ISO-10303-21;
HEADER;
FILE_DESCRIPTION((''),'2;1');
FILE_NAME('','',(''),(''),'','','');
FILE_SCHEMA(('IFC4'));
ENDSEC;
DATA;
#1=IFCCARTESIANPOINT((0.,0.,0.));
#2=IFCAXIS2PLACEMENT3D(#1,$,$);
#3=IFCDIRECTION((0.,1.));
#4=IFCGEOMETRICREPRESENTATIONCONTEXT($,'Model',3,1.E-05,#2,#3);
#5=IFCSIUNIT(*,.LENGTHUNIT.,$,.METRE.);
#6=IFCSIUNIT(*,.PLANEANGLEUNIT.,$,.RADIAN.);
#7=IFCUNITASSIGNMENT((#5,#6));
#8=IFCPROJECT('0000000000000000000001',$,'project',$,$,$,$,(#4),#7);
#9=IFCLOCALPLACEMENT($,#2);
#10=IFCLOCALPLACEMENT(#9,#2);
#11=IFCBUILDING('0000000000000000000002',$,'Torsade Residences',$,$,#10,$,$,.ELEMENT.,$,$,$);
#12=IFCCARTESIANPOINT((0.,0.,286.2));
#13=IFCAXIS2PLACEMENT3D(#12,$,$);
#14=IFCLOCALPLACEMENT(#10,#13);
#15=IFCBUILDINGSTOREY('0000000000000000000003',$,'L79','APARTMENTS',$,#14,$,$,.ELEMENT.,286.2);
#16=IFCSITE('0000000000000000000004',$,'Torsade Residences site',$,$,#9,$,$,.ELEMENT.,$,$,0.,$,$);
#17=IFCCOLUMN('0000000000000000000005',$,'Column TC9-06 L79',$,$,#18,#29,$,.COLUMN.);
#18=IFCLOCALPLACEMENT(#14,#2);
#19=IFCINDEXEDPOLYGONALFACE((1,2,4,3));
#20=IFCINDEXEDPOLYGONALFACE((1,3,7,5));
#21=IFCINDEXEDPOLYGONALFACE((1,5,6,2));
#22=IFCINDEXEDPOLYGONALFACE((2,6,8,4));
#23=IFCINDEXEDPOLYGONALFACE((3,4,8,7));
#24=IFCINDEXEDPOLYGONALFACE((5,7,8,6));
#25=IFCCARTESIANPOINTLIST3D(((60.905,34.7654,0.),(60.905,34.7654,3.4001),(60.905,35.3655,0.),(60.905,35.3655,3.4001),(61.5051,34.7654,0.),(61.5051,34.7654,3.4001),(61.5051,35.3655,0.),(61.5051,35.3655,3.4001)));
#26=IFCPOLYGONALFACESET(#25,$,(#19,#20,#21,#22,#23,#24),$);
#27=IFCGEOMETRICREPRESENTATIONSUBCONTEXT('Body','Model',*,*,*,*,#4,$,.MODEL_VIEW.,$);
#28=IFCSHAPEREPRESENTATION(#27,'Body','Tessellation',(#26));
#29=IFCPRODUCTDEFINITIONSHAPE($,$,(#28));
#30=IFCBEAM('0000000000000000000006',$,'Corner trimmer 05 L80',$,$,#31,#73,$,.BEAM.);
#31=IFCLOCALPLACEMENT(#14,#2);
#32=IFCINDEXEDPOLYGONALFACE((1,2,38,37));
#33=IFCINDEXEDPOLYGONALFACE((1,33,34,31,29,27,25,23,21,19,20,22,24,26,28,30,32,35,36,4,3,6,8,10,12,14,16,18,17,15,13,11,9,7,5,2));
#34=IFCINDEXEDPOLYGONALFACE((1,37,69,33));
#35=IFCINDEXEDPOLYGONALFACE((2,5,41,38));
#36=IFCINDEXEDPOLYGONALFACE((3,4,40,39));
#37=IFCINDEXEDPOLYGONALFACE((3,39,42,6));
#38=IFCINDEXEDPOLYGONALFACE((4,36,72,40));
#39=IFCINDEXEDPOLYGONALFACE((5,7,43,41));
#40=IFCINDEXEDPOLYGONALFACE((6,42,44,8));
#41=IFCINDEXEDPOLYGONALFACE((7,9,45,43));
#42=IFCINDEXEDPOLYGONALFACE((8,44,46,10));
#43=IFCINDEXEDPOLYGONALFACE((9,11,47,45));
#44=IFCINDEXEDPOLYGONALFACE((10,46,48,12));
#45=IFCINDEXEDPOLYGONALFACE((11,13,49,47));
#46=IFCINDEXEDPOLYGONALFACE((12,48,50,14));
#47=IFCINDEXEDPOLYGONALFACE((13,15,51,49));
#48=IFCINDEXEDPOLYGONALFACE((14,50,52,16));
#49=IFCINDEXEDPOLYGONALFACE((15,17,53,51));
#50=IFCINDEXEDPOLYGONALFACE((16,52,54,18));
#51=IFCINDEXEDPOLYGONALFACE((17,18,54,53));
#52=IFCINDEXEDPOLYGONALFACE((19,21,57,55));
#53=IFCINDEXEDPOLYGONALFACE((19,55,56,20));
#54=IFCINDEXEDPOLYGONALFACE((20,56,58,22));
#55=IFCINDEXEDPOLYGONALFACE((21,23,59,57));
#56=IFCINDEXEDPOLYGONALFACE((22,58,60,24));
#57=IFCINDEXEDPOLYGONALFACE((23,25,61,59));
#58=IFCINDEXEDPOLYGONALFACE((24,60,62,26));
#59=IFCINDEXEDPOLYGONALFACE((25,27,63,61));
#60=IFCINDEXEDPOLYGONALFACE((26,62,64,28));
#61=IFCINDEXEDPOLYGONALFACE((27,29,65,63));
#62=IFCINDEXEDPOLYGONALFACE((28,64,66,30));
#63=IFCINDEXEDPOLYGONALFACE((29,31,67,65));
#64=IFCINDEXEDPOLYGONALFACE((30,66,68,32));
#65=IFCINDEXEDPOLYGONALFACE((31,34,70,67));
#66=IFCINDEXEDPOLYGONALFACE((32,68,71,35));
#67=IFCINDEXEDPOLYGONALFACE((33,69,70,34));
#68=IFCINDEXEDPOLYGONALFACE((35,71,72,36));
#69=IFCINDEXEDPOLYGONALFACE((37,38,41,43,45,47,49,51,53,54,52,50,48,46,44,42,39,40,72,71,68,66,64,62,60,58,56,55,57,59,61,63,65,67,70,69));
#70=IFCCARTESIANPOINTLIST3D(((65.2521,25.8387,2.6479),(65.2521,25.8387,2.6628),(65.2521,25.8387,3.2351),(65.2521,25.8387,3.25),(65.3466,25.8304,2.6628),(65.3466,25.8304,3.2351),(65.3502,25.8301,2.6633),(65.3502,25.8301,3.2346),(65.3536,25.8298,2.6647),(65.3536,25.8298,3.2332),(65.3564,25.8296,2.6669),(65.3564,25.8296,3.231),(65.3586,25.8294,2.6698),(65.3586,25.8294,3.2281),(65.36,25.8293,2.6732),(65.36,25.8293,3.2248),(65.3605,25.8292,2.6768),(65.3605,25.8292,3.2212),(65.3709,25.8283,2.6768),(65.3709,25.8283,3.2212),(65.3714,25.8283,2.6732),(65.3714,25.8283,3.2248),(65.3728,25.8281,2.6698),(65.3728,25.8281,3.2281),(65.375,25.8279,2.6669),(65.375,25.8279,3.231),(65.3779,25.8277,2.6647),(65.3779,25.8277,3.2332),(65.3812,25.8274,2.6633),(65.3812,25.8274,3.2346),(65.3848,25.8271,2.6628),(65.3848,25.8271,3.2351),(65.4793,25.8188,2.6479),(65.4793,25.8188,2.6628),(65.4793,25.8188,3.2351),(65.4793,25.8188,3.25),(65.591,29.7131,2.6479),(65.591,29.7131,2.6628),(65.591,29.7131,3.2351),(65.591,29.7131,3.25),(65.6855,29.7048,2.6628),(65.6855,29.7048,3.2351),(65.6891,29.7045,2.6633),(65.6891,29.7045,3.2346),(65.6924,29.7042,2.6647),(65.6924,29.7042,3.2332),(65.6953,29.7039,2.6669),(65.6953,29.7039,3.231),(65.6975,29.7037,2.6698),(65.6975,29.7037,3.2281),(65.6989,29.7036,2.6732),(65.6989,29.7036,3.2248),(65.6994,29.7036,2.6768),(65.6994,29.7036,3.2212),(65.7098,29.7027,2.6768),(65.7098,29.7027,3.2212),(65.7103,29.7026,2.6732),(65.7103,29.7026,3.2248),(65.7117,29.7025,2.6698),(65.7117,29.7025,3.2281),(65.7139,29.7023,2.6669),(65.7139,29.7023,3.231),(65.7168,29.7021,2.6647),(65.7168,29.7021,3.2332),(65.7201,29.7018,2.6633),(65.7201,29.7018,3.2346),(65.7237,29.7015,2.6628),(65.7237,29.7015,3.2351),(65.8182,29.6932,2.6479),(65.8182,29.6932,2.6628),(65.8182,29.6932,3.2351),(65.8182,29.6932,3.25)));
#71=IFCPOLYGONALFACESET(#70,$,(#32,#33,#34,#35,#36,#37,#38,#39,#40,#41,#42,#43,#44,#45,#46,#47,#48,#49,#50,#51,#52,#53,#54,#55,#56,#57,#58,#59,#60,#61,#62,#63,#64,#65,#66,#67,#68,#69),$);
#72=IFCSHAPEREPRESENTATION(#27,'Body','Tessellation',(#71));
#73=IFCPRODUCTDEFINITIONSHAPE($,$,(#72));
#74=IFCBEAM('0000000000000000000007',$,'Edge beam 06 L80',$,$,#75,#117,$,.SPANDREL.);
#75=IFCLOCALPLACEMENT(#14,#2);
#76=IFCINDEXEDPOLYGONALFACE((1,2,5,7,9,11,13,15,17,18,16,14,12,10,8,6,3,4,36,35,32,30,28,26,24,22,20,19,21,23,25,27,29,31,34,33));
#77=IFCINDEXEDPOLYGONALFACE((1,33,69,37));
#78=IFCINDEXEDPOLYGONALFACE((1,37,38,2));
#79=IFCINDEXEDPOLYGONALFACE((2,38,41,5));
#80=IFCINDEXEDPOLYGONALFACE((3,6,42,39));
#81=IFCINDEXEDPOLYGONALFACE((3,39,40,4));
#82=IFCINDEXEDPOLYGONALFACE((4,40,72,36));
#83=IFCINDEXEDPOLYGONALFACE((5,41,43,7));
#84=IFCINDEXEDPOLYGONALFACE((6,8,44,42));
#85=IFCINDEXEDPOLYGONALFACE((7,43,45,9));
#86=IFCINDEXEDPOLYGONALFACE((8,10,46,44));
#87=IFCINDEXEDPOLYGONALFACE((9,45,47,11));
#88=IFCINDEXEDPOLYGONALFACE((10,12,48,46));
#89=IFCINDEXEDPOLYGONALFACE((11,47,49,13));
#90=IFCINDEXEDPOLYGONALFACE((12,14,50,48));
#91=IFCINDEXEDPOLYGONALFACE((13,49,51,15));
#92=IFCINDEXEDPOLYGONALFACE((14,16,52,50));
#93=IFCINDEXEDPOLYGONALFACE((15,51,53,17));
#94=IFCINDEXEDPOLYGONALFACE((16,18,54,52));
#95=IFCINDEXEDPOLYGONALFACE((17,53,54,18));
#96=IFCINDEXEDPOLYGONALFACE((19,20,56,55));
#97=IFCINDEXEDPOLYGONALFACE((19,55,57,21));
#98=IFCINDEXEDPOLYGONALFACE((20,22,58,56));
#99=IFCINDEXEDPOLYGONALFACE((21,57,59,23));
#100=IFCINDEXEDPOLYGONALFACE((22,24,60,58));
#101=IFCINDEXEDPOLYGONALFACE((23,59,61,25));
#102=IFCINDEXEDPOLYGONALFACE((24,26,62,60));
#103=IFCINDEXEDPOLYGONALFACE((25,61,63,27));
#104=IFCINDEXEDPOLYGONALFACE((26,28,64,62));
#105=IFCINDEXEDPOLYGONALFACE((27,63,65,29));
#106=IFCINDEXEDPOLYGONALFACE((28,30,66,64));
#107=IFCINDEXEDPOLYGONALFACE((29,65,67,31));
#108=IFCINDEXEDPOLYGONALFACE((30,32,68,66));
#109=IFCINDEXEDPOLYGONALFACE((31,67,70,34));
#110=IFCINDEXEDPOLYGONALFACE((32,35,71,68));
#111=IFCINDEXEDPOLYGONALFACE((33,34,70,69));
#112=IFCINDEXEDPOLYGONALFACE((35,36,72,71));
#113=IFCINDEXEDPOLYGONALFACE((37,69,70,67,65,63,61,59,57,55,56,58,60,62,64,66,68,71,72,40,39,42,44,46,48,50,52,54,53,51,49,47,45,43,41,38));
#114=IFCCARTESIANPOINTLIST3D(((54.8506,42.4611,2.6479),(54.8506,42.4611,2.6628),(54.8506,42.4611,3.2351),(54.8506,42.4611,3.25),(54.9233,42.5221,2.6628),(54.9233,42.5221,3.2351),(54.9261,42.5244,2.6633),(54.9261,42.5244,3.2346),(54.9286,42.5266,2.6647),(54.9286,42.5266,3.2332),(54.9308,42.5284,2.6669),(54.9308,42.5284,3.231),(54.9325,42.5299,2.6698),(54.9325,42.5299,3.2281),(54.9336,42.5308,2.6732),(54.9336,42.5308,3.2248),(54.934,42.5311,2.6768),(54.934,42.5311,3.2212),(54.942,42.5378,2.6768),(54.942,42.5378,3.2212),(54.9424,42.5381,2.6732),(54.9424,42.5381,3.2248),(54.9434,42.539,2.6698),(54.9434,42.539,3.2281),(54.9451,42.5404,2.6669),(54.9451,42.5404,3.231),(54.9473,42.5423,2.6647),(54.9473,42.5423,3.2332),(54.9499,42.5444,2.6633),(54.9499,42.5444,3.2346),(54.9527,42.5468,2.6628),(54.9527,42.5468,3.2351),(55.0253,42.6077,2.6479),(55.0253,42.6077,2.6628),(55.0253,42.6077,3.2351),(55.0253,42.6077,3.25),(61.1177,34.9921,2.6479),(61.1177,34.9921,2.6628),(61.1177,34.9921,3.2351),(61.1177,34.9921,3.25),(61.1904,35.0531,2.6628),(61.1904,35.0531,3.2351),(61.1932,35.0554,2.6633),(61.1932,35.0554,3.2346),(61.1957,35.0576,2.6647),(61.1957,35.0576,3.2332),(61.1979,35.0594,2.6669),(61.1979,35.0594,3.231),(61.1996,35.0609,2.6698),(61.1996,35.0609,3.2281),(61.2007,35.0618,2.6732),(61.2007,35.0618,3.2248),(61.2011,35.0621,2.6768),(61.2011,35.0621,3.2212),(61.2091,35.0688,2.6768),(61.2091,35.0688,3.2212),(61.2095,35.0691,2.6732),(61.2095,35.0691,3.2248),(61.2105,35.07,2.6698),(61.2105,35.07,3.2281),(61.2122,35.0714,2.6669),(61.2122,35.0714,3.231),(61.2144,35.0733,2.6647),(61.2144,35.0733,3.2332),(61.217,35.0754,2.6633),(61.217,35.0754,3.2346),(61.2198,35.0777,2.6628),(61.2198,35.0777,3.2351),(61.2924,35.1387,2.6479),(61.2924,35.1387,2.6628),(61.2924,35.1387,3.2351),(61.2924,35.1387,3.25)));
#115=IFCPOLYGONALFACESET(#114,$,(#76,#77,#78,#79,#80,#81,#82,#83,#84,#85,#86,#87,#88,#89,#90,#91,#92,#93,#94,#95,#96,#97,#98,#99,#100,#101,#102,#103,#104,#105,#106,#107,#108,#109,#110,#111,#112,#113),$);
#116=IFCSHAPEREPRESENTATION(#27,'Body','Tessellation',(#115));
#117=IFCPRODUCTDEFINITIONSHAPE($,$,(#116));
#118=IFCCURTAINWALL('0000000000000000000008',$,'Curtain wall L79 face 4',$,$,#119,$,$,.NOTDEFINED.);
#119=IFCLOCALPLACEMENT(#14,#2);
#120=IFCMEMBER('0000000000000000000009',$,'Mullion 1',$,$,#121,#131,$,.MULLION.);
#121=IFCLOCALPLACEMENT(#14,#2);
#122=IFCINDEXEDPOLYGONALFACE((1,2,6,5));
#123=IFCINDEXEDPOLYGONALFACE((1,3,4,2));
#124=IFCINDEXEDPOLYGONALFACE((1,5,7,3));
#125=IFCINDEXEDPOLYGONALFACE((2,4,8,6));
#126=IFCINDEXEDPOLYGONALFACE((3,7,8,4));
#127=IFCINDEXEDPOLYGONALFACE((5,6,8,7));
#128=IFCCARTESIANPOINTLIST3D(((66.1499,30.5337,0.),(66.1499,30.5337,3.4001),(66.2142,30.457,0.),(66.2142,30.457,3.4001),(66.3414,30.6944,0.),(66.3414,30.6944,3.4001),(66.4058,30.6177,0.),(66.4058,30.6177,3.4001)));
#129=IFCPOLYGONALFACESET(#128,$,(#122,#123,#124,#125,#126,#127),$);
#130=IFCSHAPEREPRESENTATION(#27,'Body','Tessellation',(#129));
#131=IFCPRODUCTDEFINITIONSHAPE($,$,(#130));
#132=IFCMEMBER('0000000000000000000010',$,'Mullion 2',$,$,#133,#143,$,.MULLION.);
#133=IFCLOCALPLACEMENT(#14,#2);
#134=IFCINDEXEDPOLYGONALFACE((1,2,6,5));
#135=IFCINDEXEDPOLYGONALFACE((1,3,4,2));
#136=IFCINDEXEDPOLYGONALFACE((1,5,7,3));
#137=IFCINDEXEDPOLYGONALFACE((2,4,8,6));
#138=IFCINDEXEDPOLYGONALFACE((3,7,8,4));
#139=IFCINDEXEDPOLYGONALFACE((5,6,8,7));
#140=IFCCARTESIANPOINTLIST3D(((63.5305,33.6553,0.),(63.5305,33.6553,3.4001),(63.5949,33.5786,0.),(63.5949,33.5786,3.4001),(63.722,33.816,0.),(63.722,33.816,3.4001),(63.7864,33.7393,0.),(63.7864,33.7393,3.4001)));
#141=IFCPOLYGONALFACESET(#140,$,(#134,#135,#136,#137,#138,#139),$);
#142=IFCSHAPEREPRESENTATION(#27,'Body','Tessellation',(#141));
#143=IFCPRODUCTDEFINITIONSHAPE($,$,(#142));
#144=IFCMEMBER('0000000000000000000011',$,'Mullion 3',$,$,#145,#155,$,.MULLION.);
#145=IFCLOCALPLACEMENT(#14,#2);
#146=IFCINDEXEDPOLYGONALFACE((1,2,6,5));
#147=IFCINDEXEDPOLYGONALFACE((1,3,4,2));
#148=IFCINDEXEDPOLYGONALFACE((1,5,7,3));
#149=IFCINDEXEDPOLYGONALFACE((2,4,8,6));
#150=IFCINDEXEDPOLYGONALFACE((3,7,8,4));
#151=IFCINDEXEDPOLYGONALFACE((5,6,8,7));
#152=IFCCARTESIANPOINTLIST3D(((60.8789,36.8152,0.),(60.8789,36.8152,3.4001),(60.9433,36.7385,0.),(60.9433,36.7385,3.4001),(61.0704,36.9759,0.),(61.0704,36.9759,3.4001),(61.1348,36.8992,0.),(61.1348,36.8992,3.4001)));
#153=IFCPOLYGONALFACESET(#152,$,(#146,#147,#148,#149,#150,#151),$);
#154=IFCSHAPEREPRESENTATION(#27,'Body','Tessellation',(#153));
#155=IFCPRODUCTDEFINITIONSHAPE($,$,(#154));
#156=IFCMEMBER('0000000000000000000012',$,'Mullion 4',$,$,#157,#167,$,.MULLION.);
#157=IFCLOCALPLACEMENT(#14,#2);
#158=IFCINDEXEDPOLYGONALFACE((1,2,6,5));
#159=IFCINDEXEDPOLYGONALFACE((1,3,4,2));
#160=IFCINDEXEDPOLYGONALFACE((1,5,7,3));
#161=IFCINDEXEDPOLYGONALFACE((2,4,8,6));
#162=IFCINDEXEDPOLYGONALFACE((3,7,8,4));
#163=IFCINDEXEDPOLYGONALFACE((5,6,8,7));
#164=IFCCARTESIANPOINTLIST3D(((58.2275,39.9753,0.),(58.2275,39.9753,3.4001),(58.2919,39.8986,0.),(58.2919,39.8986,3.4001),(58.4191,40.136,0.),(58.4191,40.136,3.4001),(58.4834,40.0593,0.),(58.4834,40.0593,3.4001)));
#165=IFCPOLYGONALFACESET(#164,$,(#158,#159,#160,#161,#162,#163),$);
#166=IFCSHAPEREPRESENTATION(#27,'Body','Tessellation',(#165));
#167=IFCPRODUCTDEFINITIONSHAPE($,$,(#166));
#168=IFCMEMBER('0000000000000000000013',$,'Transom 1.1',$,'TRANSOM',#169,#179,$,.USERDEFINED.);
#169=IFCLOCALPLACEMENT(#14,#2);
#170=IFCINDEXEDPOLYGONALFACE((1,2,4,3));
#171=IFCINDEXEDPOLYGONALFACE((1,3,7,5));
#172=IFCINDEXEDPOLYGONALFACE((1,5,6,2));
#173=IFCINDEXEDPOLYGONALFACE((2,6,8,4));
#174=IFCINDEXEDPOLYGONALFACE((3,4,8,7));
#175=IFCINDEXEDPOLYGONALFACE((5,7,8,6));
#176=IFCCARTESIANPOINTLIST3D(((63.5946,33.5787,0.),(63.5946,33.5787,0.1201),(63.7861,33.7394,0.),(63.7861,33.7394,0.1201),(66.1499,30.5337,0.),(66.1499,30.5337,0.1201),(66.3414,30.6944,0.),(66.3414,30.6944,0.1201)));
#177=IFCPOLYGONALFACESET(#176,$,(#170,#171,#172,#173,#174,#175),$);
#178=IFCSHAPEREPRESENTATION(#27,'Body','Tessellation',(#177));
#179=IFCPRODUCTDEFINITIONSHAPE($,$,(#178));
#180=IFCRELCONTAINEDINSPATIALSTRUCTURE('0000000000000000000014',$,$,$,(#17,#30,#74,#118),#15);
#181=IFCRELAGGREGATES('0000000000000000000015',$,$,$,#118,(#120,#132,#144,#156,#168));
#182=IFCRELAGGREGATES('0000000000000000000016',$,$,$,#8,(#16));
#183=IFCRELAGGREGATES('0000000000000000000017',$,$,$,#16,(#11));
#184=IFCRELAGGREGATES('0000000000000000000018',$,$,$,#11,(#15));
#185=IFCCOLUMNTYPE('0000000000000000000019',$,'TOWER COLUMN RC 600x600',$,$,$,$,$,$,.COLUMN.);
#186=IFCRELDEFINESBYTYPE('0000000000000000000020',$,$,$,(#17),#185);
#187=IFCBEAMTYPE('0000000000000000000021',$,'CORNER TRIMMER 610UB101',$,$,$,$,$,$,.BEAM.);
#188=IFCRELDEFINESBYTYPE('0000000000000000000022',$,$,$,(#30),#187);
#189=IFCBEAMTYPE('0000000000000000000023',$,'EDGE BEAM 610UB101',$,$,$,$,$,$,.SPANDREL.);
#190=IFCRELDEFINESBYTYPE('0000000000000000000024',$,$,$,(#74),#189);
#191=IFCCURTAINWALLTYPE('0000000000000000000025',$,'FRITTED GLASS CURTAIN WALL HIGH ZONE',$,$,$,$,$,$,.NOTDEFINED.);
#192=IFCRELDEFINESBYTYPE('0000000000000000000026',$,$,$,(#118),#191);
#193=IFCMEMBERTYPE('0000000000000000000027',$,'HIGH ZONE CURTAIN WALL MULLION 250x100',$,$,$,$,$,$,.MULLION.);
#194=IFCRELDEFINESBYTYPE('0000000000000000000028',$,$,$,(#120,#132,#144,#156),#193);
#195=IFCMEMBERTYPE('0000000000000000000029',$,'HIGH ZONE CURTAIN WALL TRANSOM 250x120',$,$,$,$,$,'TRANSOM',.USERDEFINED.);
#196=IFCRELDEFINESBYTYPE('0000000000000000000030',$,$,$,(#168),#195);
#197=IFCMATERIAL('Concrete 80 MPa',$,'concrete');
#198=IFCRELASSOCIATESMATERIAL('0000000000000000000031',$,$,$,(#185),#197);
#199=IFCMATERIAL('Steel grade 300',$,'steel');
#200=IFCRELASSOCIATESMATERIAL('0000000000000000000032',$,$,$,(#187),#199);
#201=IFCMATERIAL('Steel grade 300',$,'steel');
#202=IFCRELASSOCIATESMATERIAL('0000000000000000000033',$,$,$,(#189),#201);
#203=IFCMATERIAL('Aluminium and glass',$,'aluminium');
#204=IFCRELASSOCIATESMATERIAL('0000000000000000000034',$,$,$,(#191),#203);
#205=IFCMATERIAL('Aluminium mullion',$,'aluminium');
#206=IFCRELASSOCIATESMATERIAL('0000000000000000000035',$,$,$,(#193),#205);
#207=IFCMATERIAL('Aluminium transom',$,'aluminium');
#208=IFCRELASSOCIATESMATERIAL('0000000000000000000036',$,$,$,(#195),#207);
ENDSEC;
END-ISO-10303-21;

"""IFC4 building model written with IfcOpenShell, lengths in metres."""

from ifc_helpers import new_model, si_unit, direction, frame, origin, origin_2d, place, context, subcontext, project, spatial, rectangle, i_section, extrude, material, material_profile, profile_set, type_object, element, aggregate, save


model = new_model("IFC4")

# Units and contexts
model_context = context("Model", 3, precision=1e-05, world=origin(), true_north=direction((0.0, 1.0)))
body_context = subcontext(model_context, "Body", "Model", "MODEL_VIEW")
ifc_project = project(units=[si_unit("LENGTHUNIT", "METRE"), si_unit("PLANEANGLEUNIT", "RADIAN")], contexts=[model_context])

# Site, building, storey
site_placement = place(None, origin())
site = spatial("IfcSite", under=ifc_project, at=site_placement, Name="Torsade Residences site", CompositionType="ELEMENT", RefElevation=0.0)
building_placement = place(site_placement, origin())
building = spatial("IfcBuilding", under=site, at=building_placement, Name="Torsade Residences", CompositionType="ELEMENT")
storey_placement = place(building_placement, frame((0.0, 0.0, 286.2)))
storey = spatial("IfcBuildingStorey", under=building, at=storey_placement, Name="L79", Description="APARTMENTS", CompositionType="ELEMENT", Elevation=286.2)

# Column
ifc_material_1 = material(Name="Concrete 80 MPa", Category="concrete")
ifc_material_profile_1 = material_profile(ifc_material_1, rectangle(XDim=0.6001, YDim=0.6001, at=origin_2d()), Name="RC 600x600")
ifc_profile_set_1 = profile_set([ifc_material_profile_1], Name="Concrete 80 MPa")
column_type = type_object("IfcColumnType", Name="TOWER COLUMN RC 600x600", PredefinedType="COLUMN", material=ifc_profile_set_1)
column_placement = place(storey_placement, frame((61.2051, 35.0654, 0.0), z_axis=(0.0, 0.0, 1.0), x_axis=(1.0, 0.0, 0.0)))
element("IfcColumn", 1, at=column_placement, inside=storey, type_object=column_type, Name="Column TC9-06 L79", PredefinedType="COLUMN", context=body_context, shape_type="SweptSolid", body=[
    extrude(rectangle(XDim=0.6001, YDim=0.6001, at=origin_2d()), origin(), (0.0, 0.0, 1.0), 3.4001),
])

# Beams
ifc_material_2 = material(Name="Steel grade 300", Category="steel")
ifc_material_profile_2 = material_profile(ifc_material_2, i_section(OverallWidth=0.228, OverallDepth=0.6021, WebThickness=0.0105, FlangeThickness=0.0149, FilletRadius=0.0139, at=origin_2d()), Name="610UB101")
ifc_profile_set_2 = profile_set([ifc_material_profile_2], Name="Steel grade 300")
beam_type_1 = type_object("IfcBeamType", Name="CORNER TRIMMER 610UB101", PredefinedType="BEAM", material=ifc_profile_set_2)
beam_1_placement = place(storey_placement, frame((65.7046, 29.7031, 2.949), z_axis=(-0.087133, -0.996197, 0.0), x_axis=(0.996197, -0.087133, 0.0)))
element("IfcBeam", 2, at=beam_1_placement, inside=storey, type_object=beam_type_1, Name="Corner trimmer 05 L80", PredefinedType="BEAM", context=body_context, shape_type="SweptSolid", body=[
    extrude(i_section(OverallWidth=0.228, OverallDepth=0.6021, WebThickness=0.0105, FlangeThickness=0.0149, FilletRadius=0.0139, at=origin_2d()), origin(), (0.0, 0.0, 1.0), 3.8892),
])
ifc_material_3 = material(Name="Steel grade 300", Category="steel")
ifc_material_profile_3 = material_profile(ifc_material_3, i_section(OverallWidth=0.228, OverallDepth=0.6021, WebThickness=0.0105, FlangeThickness=0.0149, FilletRadius=0.0139, at=origin_2d()), Name="610UB101")
ifc_profile_set_3 = profile_set([ifc_material_profile_3], Name="Steel grade 300")
beam_type_2 = type_object("IfcBeamType", Name="EDGE BEAM 610UB101", PredefinedType="SPANDREL", material=ifc_profile_set_3)
beam_2_placement = place(storey_placement, frame((61.2051, 35.0654, 2.949), z_axis=(-0.642779, 0.766052, 0.0), x_axis=(-0.766052, -0.642779, 0.0)))
element("IfcBeam", 3, at=beam_2_placement, inside=storey, type_object=beam_type_2, Name="Edge beam 06 L80", PredefinedType="SPANDREL", context=body_context, shape_type="SweptSolid", body=[
    extrude(i_section(OverallWidth=0.228, OverallDepth=0.6021, WebThickness=0.0105, FlangeThickness=0.0149, FilletRadius=0.0139, at=origin_2d()), origin(), (0.0, 0.0, 1.0), 9.75),
])

# Curtain wall, members
ifc_material_4 = material(Name="Aluminium and glass", Category="aluminium")
curtain_wall_type = type_object("IfcCurtainWallType", Name="FRITTED GLASS CURTAIN WALL HIGH ZONE", PredefinedType="NOTDEFINED", material=ifc_material_4)
curtain_wall_placement = place(storey_placement, origin())
curtain_wall = element("IfcCurtainWall", 4, at=curtain_wall_placement, inside=storey, type_object=curtain_wall_type, Name="Curtain wall L79 face 4", PredefinedType="NOTDEFINED")
ifc_material_5 = material(Name="Aluminium mullion", Category="aluminium")
ifc_material_profile_4 = material_profile(ifc_material_5, rectangle(XDim=0.25, YDim=0.1001, at=origin_2d()), Name="HIGH ZONE CURTAIN WALL MULLION 250x100")
ifc_profile_set_4 = profile_set([ifc_material_profile_4], Name="Aluminium mullion")
member_type_1 = type_object("IfcMemberType", Name="HIGH ZONE CURTAIN WALL MULLION 250x100", PredefinedType="MULLION", material=ifc_profile_set_4)
member_1_placement = place(storey_placement, frame((66.2778, 30.5757, 0.0), z_axis=(0.0, 0.0, 1.0), x_axis=(-0.766044, -0.642788, 0.0)))
member_1 = element("IfcMember", 5, at=member_1_placement, type_object=member_type_1, Name="Mullion 1", PredefinedType="MULLION", context=body_context, shape_type="SweptSolid", body=[
    extrude(rectangle(XDim=0.25, YDim=0.1001, at=origin_2d()), origin(), (0.0, 0.0, 1.0), 3.4001),
])
member_2_placement = place(storey_placement, frame((63.6584, 33.6973, 0.0), z_axis=(0.0, 0.0, 1.0), x_axis=(-0.766044, -0.642788, 0.0)))
member_2 = element("IfcMember", 6, at=member_2_placement, type_object=member_type_1, Name="Mullion 2", PredefinedType="MULLION", context=body_context, shape_type="SweptSolid", body=[
    extrude(rectangle(XDim=0.25, YDim=0.1001, at=origin_2d()), origin(), (0.0, 0.0, 1.0), 3.4001),
])
member_3_placement = place(storey_placement, frame((61.0068, 36.8572, 0.0), z_axis=(0.0, 0.0, 1.0), x_axis=(-0.766044, -0.642788, 0.0)))
member_3 = element("IfcMember", 7, at=member_3_placement, type_object=member_type_1, Name="Mullion 3", PredefinedType="MULLION", context=body_context, shape_type="SweptSolid", body=[
    extrude(rectangle(XDim=0.25, YDim=0.1001, at=origin_2d()), origin(), (0.0, 0.0, 1.0), 3.4001),
])
member_4_placement = place(storey_placement, frame((58.3555, 40.0173, 0.0), z_axis=(0.0, 0.0, 1.0), x_axis=(-0.766044, -0.642788, 0.0)))
member_4 = element("IfcMember", 8, at=member_4_placement, type_object=member_type_1, Name="Mullion 4", PredefinedType="MULLION", context=body_context, shape_type="SweptSolid", body=[
    extrude(rectangle(XDim=0.25, YDim=0.1001, at=origin_2d()), origin(), (0.0, 0.0, 1.0), 3.4001),
])
ifc_material_6 = material(Name="Aluminium transom", Category="aluminium")
ifc_material_profile_5 = material_profile(ifc_material_6, rectangle(XDim=0.25, YDim=0.1201, at=origin_2d()), Name="HIGH ZONE CURTAIN WALL TRANSOM 250x120")
ifc_profile_set_5 = profile_set([ifc_material_profile_5], Name="Aluminium transom")
member_type_2 = type_object("IfcMemberType", Name="HIGH ZONE CURTAIN WALL TRANSOM 250x120", ElementType="TRANSOM", PredefinedType="USERDEFINED", material=ifc_profile_set_5)
member_5_placement = place(storey_placement, frame((66.2456, 30.614, 0.0601), z_axis=(-0.642815, 0.766022, 0.0), x_axis=(-0.766022, -0.642815, 0.0)))
member_5 = element("IfcMember", 9, at=member_5_placement, type_object=member_type_2, Name="Transom 1.1", ObjectType="TRANSOM", PredefinedType="USERDEFINED", context=body_context, shape_type="SweptSolid", body=[
    extrude(rectangle(XDim=0.25, YDim=0.1201, at=origin_2d()), origin(), (0.0, 0.0, 1.0), 3.9751),
])

aggregate(curtain_wall, [member_1, member_2, member_3, member_4, member_5])

save(model, "model.ifc")
